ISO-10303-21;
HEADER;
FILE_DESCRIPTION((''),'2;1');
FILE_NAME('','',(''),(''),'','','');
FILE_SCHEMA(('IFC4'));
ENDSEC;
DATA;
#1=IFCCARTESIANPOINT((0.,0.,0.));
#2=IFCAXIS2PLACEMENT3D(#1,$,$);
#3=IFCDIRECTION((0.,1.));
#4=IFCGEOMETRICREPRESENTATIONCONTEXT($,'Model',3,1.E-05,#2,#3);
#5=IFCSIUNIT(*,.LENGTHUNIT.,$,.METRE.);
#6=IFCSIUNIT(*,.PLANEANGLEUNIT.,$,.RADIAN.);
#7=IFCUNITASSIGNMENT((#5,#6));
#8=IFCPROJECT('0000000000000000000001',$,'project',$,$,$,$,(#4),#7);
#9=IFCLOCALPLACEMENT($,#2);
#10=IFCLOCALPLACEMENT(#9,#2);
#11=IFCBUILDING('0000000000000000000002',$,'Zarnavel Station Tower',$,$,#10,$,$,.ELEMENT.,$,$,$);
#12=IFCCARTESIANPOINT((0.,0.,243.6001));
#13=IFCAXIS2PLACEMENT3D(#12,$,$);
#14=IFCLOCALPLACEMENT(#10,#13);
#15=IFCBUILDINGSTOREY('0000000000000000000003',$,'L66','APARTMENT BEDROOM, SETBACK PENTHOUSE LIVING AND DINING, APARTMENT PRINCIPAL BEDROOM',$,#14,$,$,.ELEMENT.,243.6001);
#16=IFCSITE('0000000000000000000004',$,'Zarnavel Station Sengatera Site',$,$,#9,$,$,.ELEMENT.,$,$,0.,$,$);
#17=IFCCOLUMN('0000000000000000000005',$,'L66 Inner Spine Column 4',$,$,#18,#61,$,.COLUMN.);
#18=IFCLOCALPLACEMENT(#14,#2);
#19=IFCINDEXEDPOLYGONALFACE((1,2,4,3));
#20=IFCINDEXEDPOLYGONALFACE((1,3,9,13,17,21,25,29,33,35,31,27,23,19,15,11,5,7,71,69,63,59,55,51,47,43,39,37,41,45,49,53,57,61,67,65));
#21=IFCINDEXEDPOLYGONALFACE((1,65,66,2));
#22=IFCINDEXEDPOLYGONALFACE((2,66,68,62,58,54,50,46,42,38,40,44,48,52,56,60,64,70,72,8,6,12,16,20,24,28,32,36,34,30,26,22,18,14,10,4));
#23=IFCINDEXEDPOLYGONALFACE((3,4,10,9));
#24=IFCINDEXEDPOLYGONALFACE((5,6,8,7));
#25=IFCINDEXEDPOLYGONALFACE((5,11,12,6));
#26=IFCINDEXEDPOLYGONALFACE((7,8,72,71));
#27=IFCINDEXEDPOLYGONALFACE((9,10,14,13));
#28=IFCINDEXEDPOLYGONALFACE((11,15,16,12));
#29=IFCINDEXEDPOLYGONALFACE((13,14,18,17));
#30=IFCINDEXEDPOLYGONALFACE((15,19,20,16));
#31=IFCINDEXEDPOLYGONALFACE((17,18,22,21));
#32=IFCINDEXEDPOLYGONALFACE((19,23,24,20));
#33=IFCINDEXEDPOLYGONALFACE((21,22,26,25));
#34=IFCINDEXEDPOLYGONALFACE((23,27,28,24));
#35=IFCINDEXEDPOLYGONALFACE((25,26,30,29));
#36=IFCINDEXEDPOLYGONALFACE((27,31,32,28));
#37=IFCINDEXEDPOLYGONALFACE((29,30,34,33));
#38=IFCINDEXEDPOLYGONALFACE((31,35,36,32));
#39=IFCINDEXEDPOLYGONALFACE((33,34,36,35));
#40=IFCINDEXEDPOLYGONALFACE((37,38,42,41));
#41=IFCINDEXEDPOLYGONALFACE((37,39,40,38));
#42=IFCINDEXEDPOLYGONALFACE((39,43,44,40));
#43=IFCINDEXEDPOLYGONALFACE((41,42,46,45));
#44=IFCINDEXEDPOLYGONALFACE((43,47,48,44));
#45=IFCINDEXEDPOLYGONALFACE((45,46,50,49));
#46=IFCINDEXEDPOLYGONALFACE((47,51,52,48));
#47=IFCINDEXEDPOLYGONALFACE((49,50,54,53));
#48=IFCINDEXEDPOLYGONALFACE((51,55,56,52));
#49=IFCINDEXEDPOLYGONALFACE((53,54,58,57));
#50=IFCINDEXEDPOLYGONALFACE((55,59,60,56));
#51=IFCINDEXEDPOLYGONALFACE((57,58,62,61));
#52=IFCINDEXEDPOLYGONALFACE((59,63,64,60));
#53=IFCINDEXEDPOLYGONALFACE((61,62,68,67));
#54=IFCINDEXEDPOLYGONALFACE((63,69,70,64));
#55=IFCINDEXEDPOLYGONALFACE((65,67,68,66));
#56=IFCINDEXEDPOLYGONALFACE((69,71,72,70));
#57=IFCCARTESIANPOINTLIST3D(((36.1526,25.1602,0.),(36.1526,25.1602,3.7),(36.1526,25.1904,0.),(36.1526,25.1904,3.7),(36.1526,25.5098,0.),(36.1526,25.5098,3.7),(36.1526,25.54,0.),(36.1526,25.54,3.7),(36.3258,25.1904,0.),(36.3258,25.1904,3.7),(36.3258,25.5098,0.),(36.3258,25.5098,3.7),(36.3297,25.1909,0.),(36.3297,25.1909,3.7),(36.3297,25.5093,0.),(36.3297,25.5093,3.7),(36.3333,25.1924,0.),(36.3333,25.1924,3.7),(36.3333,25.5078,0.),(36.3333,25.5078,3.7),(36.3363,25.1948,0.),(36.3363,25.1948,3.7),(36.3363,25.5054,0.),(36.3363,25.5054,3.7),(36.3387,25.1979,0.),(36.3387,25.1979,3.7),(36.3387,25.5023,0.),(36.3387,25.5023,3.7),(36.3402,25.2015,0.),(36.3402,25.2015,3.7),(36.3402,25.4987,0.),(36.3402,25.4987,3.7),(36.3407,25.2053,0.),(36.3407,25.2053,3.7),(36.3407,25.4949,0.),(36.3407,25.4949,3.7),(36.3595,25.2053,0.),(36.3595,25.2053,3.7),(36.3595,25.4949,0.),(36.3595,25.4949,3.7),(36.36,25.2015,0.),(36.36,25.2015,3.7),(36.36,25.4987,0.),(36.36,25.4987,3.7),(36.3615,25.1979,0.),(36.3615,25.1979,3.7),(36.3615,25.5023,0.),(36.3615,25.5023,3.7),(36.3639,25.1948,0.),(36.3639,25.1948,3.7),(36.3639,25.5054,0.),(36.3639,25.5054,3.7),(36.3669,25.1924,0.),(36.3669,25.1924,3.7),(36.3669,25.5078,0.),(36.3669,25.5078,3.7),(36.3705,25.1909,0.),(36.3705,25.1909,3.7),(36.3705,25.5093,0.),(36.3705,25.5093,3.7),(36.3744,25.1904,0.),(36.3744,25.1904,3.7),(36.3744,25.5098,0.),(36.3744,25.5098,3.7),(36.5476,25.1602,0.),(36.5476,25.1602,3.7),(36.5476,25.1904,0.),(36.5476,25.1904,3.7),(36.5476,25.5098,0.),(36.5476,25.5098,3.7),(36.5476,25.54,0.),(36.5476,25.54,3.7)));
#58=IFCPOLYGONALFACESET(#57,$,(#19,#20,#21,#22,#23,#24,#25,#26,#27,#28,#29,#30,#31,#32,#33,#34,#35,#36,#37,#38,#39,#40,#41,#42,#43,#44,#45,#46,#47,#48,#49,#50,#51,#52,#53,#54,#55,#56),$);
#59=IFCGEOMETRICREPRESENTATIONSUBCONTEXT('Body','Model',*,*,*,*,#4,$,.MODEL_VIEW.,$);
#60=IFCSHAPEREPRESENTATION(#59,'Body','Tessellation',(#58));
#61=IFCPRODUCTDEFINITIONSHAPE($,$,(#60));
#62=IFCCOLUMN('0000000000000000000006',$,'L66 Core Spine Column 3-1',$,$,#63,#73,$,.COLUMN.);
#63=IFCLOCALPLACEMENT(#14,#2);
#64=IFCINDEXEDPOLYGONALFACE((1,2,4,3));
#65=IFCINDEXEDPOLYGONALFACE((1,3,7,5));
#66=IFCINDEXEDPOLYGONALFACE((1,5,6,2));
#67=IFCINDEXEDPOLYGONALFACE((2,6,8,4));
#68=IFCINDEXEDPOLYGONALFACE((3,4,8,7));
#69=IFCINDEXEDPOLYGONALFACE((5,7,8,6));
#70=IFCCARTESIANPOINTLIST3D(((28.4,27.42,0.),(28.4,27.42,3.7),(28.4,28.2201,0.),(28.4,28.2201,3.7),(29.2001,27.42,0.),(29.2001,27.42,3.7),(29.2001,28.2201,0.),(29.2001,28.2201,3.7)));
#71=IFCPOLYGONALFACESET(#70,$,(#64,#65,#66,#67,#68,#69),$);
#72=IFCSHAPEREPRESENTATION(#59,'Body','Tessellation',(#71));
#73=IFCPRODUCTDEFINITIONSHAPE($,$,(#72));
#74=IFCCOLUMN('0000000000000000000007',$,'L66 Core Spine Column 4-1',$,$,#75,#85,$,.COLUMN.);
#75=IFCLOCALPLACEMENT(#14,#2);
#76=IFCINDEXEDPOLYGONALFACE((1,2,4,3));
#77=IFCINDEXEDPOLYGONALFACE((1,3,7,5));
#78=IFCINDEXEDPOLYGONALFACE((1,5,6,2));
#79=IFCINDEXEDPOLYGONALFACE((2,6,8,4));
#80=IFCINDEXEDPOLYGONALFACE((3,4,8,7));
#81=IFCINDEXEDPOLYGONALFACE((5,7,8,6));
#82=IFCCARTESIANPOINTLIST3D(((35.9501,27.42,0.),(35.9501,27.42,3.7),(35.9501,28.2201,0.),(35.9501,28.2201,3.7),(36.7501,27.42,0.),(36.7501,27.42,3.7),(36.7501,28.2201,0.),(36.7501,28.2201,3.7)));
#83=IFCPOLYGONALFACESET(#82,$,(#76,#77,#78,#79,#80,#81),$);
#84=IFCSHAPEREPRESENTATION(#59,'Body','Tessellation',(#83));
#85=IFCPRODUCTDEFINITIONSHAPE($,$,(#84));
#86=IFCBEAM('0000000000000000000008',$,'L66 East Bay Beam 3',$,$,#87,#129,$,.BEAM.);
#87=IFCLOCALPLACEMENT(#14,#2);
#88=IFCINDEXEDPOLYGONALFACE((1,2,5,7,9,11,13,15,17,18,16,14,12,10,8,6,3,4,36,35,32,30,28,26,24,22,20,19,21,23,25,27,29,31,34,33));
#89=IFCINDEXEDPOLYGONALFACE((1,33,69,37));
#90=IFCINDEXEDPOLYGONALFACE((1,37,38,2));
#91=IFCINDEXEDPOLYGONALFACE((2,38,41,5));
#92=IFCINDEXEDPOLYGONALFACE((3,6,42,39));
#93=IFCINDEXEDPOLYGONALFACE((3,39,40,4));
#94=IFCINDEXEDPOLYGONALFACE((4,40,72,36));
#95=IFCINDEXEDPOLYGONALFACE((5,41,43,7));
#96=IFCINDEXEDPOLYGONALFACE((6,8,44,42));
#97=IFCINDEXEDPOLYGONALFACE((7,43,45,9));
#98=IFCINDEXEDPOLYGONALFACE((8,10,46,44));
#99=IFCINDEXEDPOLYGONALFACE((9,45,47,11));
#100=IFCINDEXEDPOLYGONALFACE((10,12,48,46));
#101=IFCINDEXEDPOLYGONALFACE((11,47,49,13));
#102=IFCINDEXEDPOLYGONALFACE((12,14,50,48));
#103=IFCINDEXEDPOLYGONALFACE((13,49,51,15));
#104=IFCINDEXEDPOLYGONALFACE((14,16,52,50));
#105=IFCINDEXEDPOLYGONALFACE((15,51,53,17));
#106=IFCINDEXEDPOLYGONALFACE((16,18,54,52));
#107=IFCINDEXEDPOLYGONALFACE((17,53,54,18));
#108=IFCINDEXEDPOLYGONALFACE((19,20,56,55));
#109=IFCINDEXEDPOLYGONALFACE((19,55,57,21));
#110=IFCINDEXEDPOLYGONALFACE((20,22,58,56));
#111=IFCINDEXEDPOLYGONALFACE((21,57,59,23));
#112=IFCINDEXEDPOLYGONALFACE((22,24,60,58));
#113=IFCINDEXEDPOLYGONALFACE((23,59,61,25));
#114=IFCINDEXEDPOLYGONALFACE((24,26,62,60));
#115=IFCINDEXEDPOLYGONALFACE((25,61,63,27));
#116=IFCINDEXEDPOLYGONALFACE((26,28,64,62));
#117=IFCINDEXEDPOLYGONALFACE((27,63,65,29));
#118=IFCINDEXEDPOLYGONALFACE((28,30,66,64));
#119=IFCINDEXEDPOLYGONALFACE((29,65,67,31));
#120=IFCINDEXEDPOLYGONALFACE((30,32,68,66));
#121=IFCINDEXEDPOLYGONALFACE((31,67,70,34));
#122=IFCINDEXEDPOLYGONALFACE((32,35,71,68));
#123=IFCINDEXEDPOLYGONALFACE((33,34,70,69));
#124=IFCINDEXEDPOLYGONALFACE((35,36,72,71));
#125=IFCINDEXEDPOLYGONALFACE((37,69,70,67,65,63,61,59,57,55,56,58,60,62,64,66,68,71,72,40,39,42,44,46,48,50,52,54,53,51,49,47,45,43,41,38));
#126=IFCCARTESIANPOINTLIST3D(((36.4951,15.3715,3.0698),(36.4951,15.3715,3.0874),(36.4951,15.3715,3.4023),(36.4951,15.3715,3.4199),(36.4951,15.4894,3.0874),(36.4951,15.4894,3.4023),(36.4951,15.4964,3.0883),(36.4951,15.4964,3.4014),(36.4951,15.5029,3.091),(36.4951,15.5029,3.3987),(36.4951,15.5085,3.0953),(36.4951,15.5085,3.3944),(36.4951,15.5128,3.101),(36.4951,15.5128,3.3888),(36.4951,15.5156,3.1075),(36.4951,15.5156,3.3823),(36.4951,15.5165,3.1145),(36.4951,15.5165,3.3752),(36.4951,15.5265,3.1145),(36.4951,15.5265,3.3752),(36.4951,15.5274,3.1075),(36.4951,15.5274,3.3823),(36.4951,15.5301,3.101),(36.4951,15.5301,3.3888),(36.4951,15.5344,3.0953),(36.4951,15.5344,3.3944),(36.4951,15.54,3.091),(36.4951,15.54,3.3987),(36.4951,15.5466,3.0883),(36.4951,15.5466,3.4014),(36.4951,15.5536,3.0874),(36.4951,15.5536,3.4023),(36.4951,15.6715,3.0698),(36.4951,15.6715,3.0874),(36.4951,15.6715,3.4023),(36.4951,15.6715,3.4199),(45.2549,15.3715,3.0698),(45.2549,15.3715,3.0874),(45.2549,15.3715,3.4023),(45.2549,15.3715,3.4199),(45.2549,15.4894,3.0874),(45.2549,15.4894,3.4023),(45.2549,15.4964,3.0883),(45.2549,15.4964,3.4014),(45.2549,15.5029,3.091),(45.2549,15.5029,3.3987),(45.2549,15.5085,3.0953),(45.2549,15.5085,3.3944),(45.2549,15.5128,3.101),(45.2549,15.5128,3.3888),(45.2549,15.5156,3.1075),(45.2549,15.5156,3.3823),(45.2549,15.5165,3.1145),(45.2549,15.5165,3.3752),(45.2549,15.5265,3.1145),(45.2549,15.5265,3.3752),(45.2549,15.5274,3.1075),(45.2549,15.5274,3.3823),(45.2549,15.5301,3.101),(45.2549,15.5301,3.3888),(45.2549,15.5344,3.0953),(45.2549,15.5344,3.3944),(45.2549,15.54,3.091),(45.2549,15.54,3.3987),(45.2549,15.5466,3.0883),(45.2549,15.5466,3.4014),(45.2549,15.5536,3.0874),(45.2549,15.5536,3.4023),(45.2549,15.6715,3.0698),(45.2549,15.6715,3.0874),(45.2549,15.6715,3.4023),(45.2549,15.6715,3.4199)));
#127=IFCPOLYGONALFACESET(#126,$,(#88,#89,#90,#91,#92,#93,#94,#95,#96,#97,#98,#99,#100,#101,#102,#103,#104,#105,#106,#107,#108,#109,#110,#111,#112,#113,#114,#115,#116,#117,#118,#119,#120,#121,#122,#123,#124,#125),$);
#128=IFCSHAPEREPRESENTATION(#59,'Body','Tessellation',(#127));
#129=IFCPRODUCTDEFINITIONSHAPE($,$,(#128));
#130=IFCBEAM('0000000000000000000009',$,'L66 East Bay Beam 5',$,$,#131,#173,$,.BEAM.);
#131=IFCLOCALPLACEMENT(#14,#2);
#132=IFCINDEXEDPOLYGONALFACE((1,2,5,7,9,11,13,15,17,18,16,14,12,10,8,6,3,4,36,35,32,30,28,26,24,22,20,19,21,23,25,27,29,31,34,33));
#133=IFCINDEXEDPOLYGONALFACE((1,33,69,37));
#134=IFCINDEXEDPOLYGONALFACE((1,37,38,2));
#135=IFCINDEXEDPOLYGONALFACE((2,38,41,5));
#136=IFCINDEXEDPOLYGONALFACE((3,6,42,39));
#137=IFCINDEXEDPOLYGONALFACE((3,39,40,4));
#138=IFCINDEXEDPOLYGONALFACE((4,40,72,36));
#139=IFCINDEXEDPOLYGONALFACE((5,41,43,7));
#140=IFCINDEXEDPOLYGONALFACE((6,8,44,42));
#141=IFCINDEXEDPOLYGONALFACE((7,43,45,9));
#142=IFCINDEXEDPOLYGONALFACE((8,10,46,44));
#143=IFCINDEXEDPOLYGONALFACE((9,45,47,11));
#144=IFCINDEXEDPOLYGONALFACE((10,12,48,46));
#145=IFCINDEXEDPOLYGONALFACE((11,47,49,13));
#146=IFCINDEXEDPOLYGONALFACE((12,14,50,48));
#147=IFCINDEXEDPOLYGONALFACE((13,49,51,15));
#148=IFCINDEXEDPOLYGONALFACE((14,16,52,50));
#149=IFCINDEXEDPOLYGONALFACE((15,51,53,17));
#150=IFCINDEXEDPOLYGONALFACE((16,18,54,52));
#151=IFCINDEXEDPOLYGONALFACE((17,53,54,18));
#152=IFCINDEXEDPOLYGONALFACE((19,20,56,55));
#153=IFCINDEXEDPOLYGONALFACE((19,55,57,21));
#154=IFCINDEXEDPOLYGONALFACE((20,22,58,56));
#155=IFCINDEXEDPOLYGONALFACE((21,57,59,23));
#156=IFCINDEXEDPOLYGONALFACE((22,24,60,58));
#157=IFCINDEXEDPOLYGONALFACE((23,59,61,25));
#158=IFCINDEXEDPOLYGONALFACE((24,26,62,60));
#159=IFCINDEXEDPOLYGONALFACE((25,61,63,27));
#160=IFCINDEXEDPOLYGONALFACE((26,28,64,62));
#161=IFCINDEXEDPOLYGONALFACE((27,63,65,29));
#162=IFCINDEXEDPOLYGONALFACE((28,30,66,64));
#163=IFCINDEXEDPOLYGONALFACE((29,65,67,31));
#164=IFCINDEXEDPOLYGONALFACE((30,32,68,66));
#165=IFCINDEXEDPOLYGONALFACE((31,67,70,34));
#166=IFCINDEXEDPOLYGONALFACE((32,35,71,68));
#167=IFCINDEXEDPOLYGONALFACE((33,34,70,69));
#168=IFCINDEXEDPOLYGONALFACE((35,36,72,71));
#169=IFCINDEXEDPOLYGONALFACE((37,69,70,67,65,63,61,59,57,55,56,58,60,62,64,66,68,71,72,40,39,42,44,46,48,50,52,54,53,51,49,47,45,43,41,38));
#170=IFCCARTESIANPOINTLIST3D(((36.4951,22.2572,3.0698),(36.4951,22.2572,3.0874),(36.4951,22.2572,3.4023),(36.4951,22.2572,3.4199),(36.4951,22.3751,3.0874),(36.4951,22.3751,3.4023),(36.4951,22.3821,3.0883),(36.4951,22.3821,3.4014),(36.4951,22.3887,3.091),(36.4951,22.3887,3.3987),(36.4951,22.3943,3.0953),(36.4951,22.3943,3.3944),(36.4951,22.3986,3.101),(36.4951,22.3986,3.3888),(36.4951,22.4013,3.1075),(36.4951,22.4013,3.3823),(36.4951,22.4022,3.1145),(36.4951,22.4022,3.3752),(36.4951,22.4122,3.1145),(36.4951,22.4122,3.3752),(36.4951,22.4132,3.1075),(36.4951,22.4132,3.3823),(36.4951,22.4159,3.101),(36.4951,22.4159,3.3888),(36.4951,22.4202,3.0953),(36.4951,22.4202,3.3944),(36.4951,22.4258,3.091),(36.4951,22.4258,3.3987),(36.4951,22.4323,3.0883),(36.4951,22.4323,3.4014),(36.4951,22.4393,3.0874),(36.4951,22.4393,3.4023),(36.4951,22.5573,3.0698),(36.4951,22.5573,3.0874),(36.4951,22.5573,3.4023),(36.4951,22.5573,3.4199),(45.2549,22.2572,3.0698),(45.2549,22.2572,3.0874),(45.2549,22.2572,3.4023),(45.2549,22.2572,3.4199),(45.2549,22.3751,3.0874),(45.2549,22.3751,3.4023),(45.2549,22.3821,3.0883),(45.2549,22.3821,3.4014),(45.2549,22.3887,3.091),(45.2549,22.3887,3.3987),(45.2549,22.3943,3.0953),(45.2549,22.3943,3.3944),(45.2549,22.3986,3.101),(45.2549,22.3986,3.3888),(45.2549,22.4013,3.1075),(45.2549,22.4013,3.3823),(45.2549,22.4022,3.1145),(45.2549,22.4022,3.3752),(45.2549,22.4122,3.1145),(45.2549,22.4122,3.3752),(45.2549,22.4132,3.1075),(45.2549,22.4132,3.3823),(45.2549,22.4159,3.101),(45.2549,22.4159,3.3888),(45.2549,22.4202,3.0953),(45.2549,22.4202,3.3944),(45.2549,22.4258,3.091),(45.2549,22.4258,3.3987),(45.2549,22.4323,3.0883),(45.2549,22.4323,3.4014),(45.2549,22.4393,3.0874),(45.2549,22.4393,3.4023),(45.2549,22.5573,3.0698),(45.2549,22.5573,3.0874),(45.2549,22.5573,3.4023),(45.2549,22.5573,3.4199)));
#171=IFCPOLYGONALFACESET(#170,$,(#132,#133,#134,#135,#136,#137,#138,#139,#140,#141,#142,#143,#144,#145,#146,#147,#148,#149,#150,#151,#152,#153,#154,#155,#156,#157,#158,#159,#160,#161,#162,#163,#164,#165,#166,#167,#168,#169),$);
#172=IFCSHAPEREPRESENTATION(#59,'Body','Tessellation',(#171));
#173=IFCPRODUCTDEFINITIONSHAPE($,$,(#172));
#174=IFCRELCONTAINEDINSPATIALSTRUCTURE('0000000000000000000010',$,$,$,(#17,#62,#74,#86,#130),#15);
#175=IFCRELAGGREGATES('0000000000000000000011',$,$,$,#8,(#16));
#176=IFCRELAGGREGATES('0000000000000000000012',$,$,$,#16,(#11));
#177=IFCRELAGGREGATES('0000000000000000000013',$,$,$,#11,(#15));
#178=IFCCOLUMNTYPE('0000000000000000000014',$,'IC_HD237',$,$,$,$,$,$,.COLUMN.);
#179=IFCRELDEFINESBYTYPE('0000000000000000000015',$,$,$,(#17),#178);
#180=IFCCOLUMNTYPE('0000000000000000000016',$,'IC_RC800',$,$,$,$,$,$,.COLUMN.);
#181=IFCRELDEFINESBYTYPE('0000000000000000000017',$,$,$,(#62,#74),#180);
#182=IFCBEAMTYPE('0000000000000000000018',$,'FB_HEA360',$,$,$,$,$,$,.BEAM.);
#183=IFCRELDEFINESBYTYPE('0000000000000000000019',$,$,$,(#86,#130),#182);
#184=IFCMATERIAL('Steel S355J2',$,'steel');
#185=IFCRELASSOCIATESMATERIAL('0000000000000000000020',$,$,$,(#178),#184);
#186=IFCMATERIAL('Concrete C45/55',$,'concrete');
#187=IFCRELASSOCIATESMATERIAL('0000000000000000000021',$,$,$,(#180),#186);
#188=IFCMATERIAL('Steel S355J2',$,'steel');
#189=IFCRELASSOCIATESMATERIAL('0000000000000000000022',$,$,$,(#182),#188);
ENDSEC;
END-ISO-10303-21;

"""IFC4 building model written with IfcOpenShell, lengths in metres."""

from ifc_helpers import new_model, si_unit, direction, frame, origin, origin_2d, place, context, subcontext, project, spatial, rectangle, i_section, extrude, material, material_profile, profile_set, type_object, element, save


model = new_model("IFC4")

# Units and contexts
model_context = context("Model", 3, precision=1e-05, world=origin(), true_north=direction((0.0, 1.0)))
body_context = subcontext(model_context, "Body", "Model", "MODEL_VIEW")
ifc_project = project(units=[si_unit("LENGTHUNIT", "METRE"), si_unit("PLANEANGLEUNIT", "RADIAN")], contexts=[model_context])

# Site, building, storey
site_placement = place(None, origin())
site = spatial("IfcSite", under=ifc_project, at=site_placement, Name="Zarnavel Station Sengatera Site", CompositionType="ELEMENT", RefElevation=0.0)
building_placement = place(site_placement, origin())
building = spatial("IfcBuilding", under=site, at=building_placement, Name="Zarnavel Station Tower", CompositionType="ELEMENT")
storey_placement = place(building_placement, frame((0.0, 0.0, 243.6001)))
storey = spatial("IfcBuildingStorey", under=building, at=storey_placement, Name="L66", Description="APARTMENT BEDROOM, SETBACK PENTHOUSE LIVING AND DINING, APARTMENT PRINCIPAL BEDROOM", CompositionType="ELEMENT", Elevation=243.6001)

# Columns
ifc_material_1 = material(Name="Steel S355J2", Category="steel")
ifc_material_profile_1 = material_profile(ifc_material_1, i_section(OverallWidth=0.395, OverallDepth=0.3799, WebThickness=0.0188, FlangeThickness=0.0303, FilletRadius=0.0149, at=origin_2d()), Name="HD400x237")
ifc_profile_set_1 = profile_set([ifc_material_profile_1], Name="Steel S355J2")
column_type_1 = type_object("IfcColumnType", Name="IC_HD237", PredefinedType="COLUMN", material=ifc_profile_set_1)
column_placement = place(storey_placement, frame((36.3501, 25.3501, 0.0), z_axis=(0.0, 0.0, 1.0), x_axis=(1.0, 0.0, 0.0)))
element("IfcColumn", 1, at=column_placement, inside=storey, type_object=column_type_1, Name="L66 Inner Spine Column 4", PredefinedType="COLUMN", context=body_context, shape_type="SweptSolid", body=[
    extrude(i_section(OverallWidth=0.395, OverallDepth=0.3799, WebThickness=0.0188, FlangeThickness=0.0303, FilletRadius=0.0149, at=origin_2d()), origin(), (0.0, 0.0, 1.0), 3.7),
])
ifc_material_2 = material(Name="Concrete C45/55", Category="concrete")
ifc_material_profile_2 = material_profile(ifc_material_2, rectangle(XDim=0.8, YDim=0.8, at=origin_2d()), Name="RC800x800")
ifc_profile_set_2 = profile_set([ifc_material_profile_2], Name="Concrete C45/55")
column_type_2 = type_object("IfcColumnType", Name="IC_RC800", PredefinedType="COLUMN", material=ifc_profile_set_2)
for number, where, z_axis, x_axis, name in (
    (2, (28.8, 27.8201, 0.0), (0.0, 0.0, 1.0), (1.0, 0.0, 0.0), "L66 Core Spine Column 3-1"),
    (3, (36.3501, 27.8201, 0.0), (0.0, 0.0, 1.0), (1.0, 0.0, 0.0), "L66 Core Spine Column 4-1"),
):
    element("IfcColumn", number, at=place(storey_placement, frame(where, z_axis=z_axis, x_axis=x_axis)), inside=storey, type_object=column_type_2, Name=name, PredefinedType="COLUMN", context=body_context, shape_type="SweptSolid", body=[
        extrude(rectangle(XDim=0.8, YDim=0.8, at=origin_2d()), origin(), (0.0, 0.0, 1.0), 3.7),
    ])

# Beams
ifc_material_3 = material(Name="Steel S355J2", Category="steel")
ifc_material_profile_3 = material_profile(ifc_material_3, i_section(OverallWidth=0.3, OverallDepth=0.3501, WebThickness=0.01, FlangeThickness=0.0176, FilletRadius=0.0271, at=origin_2d()), Name="HEA360")
ifc_profile_set_3 = profile_set([ifc_material_profile_3], Name="Steel S355J2")
beam_type_1 = type_object("IfcBeamType", Name="FB_HEA360", PredefinedType="BEAM", material=ifc_profile_set_3)
for number, where, z_axis, x_axis, name in (
    (4, (36.4951, 15.5215, 3.2449), (1.0, 0.0, 0.0), (0.0, 1.0, 0.0), "L66 East Bay Beam 3"),
    (5, (36.4951, 22.4072, 3.2449), (1.0, 0.0, 0.0), (0.0, 1.0, 0.0), "L66 East Bay Beam 5"),
):
    element("IfcBeam", number, at=place(storey_placement, frame(where, z_axis=z_axis, x_axis=x_axis)), inside=storey, type_object=beam_type_1, Name=name, PredefinedType="BEAM", context=body_context, shape_type="SweptSolid", body=[
        extrude(i_section(OverallWidth=0.3, OverallDepth=0.3501, WebThickness=0.01, FlangeThickness=0.0176, FilletRadius=0.0271, at=origin_2d()), origin(), (0.0, 0.0, 1.0), 8.7598),
    ])

save(model, "model.ifc")
